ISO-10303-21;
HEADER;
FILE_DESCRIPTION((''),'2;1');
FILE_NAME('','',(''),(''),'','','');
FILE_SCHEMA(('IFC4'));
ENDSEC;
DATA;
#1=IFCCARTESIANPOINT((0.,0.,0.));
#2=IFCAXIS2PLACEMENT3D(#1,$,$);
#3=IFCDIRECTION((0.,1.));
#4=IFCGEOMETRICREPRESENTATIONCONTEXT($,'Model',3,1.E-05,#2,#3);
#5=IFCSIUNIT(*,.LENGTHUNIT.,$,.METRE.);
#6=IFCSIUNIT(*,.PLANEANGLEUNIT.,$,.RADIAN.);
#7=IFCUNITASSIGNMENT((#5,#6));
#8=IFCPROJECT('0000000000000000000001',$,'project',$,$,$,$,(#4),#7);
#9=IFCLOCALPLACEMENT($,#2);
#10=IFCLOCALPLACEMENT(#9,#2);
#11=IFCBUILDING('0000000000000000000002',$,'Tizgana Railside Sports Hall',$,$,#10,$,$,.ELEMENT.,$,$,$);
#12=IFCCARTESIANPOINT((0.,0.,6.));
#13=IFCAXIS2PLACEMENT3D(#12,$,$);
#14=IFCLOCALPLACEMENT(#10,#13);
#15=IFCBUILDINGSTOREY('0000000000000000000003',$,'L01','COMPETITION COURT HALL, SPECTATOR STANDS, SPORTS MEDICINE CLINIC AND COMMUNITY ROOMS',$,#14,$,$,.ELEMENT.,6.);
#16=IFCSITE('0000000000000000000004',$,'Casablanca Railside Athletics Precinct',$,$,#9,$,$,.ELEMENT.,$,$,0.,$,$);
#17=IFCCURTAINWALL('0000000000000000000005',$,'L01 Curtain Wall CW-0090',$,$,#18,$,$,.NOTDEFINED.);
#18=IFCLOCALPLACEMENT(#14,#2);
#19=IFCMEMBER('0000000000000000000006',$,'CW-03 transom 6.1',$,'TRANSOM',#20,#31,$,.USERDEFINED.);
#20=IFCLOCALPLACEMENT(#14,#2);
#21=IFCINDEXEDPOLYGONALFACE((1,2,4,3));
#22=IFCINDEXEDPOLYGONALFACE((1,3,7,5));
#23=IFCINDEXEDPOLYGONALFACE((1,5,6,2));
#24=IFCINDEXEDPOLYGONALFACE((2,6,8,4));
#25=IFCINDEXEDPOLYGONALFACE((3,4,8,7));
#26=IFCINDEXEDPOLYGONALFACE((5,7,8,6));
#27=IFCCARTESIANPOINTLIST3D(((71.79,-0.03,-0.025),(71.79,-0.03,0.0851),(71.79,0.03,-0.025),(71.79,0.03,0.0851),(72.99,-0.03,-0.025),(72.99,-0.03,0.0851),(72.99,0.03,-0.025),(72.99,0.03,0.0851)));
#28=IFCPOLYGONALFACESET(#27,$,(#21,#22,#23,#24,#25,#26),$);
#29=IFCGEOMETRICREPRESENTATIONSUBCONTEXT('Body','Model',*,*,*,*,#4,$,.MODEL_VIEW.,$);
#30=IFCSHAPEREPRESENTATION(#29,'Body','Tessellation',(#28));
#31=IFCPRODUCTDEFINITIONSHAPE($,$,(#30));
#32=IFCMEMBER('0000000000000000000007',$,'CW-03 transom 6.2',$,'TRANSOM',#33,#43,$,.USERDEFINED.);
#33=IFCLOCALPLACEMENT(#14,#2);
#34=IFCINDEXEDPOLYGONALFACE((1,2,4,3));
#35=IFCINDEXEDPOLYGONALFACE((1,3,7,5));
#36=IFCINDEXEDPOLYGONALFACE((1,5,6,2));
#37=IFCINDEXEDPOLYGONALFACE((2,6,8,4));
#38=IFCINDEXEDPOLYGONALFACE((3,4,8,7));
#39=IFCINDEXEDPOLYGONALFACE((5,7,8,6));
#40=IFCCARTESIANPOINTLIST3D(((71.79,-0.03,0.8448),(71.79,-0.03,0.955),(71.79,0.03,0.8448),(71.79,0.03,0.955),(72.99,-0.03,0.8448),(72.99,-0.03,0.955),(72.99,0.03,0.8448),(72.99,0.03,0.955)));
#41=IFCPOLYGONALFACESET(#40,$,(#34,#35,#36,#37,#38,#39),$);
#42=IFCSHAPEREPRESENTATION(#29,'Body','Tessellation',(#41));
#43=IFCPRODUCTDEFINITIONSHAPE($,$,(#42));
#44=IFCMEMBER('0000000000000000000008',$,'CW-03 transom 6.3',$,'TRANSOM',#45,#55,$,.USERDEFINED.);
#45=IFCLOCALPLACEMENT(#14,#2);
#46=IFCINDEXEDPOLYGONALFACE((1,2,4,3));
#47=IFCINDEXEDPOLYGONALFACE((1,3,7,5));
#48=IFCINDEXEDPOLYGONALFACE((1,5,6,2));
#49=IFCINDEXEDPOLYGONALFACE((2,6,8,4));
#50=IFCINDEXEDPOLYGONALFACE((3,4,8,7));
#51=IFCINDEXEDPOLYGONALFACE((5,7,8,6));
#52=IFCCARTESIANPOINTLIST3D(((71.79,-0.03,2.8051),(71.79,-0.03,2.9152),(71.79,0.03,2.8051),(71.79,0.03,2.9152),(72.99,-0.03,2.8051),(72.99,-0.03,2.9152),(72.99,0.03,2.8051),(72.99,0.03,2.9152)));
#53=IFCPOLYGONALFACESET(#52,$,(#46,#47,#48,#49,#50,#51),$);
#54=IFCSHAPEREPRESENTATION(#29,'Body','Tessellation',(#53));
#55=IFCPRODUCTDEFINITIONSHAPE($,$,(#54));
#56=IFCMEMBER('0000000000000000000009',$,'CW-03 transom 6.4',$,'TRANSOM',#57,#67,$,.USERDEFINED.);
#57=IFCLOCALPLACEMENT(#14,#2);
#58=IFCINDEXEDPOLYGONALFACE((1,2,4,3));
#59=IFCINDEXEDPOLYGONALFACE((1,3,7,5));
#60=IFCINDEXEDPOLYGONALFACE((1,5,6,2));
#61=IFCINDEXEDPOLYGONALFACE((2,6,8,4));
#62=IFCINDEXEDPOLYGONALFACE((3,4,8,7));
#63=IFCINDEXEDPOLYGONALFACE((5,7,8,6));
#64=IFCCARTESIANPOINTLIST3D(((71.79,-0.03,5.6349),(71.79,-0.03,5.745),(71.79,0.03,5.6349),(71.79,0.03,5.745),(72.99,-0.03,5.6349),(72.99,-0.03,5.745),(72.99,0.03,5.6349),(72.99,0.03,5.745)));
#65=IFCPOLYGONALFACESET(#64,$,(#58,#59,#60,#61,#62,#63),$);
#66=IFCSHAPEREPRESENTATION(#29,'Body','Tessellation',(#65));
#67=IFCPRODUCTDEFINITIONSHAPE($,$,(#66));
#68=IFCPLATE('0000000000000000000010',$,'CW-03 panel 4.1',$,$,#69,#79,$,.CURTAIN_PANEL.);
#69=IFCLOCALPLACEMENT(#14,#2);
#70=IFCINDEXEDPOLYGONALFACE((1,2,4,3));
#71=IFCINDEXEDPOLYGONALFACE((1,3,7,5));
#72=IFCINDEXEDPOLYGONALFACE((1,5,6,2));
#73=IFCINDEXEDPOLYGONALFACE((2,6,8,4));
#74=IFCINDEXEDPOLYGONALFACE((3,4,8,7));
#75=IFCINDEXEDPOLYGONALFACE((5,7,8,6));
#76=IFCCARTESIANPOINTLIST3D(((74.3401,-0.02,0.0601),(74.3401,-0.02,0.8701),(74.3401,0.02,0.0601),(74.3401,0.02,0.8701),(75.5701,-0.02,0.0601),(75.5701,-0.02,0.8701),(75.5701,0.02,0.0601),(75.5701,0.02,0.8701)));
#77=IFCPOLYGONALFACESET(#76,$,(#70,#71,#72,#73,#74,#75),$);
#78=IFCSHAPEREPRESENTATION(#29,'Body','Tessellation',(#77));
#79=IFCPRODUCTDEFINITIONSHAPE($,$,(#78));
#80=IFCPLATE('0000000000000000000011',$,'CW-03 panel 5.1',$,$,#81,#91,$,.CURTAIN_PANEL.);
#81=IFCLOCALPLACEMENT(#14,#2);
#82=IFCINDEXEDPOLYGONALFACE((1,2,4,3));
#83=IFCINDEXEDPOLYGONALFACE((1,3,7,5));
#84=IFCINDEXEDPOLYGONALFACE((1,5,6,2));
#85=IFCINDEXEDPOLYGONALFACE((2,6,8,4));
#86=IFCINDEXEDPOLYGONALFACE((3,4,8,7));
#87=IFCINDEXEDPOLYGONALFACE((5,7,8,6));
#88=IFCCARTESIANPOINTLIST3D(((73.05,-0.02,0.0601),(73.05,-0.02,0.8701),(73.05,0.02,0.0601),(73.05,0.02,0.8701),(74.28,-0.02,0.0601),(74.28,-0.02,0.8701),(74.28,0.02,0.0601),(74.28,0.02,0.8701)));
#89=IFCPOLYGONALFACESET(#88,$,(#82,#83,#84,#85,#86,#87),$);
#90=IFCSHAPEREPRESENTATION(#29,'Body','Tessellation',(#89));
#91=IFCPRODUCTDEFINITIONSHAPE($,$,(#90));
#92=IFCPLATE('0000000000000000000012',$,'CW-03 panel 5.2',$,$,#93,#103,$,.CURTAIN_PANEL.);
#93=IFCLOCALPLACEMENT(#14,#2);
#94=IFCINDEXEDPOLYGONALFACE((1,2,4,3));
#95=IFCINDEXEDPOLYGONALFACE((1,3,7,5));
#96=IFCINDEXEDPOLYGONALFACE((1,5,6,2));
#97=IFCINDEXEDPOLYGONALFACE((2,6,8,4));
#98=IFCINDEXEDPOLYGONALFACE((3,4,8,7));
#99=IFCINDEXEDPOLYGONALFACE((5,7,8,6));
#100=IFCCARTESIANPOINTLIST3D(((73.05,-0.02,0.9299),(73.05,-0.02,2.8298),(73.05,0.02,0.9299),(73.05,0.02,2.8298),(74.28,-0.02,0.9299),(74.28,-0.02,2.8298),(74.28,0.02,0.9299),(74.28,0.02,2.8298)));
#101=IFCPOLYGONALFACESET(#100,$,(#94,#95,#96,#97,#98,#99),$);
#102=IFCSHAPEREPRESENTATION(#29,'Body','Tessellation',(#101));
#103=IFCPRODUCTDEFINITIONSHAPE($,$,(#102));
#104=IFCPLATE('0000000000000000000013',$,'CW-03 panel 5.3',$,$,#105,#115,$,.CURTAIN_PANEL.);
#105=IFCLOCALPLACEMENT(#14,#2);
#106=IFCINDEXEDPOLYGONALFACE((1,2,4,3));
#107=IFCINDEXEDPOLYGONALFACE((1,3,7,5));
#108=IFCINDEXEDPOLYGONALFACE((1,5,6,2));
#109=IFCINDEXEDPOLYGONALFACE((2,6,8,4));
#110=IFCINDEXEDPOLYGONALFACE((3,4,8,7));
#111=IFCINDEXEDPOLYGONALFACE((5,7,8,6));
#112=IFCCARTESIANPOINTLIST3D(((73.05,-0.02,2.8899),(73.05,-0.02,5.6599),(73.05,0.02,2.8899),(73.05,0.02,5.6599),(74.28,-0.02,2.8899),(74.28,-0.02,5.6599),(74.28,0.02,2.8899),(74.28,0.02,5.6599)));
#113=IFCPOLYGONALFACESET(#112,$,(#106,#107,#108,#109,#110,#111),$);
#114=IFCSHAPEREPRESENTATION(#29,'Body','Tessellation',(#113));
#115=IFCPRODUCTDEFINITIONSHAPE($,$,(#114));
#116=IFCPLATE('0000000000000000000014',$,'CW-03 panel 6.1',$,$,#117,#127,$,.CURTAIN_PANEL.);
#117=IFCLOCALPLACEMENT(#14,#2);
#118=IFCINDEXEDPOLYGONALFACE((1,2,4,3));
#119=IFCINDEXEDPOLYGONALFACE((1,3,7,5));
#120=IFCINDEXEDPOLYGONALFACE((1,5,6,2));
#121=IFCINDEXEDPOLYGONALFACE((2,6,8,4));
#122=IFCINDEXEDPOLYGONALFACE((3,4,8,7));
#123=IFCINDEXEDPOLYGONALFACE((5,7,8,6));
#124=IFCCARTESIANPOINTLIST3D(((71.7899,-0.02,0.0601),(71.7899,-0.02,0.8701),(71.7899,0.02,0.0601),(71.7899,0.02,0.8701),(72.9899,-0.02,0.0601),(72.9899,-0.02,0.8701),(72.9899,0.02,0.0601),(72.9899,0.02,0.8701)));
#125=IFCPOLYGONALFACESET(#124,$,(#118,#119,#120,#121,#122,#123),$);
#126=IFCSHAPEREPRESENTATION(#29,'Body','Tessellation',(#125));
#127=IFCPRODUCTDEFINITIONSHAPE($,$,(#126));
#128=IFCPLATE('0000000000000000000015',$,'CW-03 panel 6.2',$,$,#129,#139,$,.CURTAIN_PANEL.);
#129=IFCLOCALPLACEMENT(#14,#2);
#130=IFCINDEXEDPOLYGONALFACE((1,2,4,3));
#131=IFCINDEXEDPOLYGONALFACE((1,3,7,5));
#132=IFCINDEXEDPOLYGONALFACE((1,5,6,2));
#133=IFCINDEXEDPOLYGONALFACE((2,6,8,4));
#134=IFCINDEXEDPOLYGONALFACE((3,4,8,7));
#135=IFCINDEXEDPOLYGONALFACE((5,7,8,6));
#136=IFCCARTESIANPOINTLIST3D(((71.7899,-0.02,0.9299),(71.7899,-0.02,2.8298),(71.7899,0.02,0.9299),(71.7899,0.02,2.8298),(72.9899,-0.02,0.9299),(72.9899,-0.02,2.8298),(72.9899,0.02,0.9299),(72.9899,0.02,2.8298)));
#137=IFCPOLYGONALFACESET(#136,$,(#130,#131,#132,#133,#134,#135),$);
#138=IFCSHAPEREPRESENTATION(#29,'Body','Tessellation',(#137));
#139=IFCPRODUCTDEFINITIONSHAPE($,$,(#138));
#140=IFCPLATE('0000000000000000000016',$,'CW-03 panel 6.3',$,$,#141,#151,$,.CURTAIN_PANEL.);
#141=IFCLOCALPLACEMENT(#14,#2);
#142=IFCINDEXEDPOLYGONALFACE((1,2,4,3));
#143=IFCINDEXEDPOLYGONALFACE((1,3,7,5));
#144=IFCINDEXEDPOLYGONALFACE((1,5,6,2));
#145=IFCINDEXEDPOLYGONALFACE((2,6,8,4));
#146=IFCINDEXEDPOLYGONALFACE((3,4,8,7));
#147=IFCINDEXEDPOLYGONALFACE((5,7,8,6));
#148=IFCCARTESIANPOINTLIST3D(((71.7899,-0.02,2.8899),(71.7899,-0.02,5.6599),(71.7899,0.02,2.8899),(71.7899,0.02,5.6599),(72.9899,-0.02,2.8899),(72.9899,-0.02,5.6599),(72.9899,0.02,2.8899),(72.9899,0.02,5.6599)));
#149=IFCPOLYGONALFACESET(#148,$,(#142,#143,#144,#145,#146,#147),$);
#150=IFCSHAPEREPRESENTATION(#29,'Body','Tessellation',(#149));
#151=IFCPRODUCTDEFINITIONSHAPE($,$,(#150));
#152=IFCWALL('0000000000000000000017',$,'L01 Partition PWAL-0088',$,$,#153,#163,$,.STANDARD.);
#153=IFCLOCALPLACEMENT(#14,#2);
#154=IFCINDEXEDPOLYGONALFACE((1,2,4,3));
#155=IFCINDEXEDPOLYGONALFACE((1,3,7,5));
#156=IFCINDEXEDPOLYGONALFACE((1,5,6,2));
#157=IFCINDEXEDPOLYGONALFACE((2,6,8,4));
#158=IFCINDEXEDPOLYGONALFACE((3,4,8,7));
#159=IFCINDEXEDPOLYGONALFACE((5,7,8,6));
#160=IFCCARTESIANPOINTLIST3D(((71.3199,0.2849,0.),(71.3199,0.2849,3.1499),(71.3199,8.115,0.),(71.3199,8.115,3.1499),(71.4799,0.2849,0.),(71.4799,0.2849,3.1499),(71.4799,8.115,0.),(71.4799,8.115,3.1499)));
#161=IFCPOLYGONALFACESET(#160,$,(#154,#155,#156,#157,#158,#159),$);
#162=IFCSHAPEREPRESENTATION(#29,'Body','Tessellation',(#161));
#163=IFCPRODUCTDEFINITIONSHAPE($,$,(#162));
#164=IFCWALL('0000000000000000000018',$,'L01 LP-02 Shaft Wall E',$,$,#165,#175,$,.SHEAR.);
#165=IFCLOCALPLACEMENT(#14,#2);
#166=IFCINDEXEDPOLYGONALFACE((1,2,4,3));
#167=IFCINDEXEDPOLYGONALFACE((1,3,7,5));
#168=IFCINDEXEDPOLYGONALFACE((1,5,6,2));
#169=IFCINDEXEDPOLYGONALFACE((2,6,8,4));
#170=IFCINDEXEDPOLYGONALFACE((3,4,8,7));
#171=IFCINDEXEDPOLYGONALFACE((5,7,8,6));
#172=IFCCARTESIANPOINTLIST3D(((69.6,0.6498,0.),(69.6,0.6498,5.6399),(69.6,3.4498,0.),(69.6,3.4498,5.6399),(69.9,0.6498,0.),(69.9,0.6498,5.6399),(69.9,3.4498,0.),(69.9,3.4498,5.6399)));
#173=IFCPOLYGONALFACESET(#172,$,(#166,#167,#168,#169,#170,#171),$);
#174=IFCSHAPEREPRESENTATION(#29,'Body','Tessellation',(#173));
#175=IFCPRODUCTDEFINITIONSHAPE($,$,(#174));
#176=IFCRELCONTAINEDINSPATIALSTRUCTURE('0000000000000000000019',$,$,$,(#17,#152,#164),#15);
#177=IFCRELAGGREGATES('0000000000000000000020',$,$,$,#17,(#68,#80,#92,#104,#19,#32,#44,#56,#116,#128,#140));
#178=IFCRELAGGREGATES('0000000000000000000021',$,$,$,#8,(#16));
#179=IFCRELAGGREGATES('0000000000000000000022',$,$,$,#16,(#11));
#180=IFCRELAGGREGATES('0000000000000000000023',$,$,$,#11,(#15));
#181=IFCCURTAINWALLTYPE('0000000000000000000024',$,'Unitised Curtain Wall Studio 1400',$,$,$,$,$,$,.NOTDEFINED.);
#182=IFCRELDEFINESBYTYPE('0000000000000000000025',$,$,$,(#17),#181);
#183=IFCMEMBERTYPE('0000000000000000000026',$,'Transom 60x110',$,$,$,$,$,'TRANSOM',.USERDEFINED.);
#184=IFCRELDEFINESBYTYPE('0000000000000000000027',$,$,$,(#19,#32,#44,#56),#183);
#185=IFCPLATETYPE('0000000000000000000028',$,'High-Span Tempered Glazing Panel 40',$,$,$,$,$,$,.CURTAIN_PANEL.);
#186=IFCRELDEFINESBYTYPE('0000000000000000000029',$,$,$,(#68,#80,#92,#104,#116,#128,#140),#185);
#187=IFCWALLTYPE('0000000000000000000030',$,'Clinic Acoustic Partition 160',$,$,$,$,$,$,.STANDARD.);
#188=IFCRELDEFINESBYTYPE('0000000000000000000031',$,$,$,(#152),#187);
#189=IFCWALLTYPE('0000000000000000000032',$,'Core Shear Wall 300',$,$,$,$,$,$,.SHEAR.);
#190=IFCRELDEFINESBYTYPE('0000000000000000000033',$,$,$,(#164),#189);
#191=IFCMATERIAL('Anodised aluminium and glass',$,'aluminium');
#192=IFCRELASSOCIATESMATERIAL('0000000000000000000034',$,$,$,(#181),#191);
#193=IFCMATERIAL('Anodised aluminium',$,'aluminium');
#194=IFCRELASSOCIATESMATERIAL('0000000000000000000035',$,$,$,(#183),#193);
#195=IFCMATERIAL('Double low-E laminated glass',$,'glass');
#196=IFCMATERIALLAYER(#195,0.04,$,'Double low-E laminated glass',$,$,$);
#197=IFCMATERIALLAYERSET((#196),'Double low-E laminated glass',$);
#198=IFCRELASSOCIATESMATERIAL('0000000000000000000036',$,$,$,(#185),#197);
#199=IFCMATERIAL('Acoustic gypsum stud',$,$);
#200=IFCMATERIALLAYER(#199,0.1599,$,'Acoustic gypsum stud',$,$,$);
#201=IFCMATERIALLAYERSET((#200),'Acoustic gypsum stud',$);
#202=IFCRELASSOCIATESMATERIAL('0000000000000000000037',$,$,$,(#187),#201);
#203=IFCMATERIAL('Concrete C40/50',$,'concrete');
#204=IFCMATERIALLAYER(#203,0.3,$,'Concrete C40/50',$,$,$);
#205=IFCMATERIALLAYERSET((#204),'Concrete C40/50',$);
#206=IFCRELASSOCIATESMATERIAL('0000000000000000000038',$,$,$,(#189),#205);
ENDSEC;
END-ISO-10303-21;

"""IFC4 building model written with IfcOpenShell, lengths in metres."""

from ifc_helpers import new_model, si_unit, direction, frame, frame_2d, origin, origin_2d, place, context, subcontext, project, spatial, rectangle, extrude, material, layer, layer_set, material_profile, profile_set, type_object, element, aggregate, save


model = new_model("IFC4")

# Units and contexts
model_context = context("Model", 3, precision=1e-05, world=origin(), true_north=direction((0.0, 1.0)))
body_context = subcontext(model_context, "Body", "Model", "MODEL_VIEW")
ifc_project = project(units=[si_unit("LENGTHUNIT", "METRE"), si_unit("PLANEANGLEUNIT", "RADIAN")], contexts=[model_context])

# Site, building, storey
site_placement = place(None, origin())
site = spatial("IfcSite", under=ifc_project, at=site_placement, Name="Casablanca Railside Athletics Precinct", CompositionType="ELEMENT", RefElevation=0.0)
building_placement = place(site_placement, origin())
building = spatial("IfcBuilding", under=site, at=building_placement, Name="Tizgana Railside Sports Hall", CompositionType="ELEMENT")
storey_placement = place(building_placement, frame((0.0, 0.0, 6.0)))
storey = spatial("IfcBuildingStorey", under=building, at=storey_placement, Name="L01", Description="COMPETITION COURT HALL, SPECTATOR STANDS, SPORTS MEDICINE CLINIC AND COMMUNITY ROOMS", CompositionType="ELEMENT", Elevation=6.0)

# Shared definitions
ifc_material_1 = material(Name="Concrete C40/50", Category="concrete")

# Curtain wall
ifc_material_2 = material(Name="Anodised aluminium and glass", Category="aluminium")
curtain_wall_type = type_object("IfcCurtainWallType", Name="Unitised Curtain Wall Studio 1400", PredefinedType="NOTDEFINED", material=ifc_material_2)
curtain_wall_placement = place(storey_placement, origin())
curtain_wall = element("IfcCurtainWall", 1, at=curtain_wall_placement, inside=storey, type_object=curtain_wall_type, Name="L01 Curtain Wall CW-0090", PredefinedType="NOTDEFINED")
ifc_material_3 = material(Name="Anodised aluminium", Category="aluminium")

# Members
ifc_material_profile_1 = material_profile(ifc_material_3, rectangle(XDim=0.0601, YDim=0.1101, at=origin_2d()), Name="Transom 60x110")
ifc_profile_set_1 = profile_set([ifc_material_profile_1], Name="Anodised aluminium")
member_type_1 = type_object("IfcMemberType", Name="Transom 60x110", ElementType="TRANSOM", PredefinedType="USERDEFINED", material=ifc_profile_set_1)
member_1_placement = place(storey_placement, frame((72.99, 0.0, 0.03), z_axis=(-1.0, 0.0, 0.0), x_axis=(0.0, -1.0, 0.0)))
member_1 = element("IfcMember", 2, at=member_1_placement, type_object=member_type_1, Name="CW-03 transom 6.1", ObjectType="TRANSOM", PredefinedType="USERDEFINED", context=body_context, shape_type="SweptSolid", body=[
    extrude(rectangle(XDim=0.0601, YDim=0.1101, at=origin_2d()), origin(), (0.0, 0.0, 1.0), 1.2),
])
member_2_placement = place(storey_placement, frame((72.99, 0.0, 0.8999), z_axis=(-1.0, 0.0, 0.0), x_axis=(0.0, -1.0, 0.0)))
member_2 = element("IfcMember", 3, at=member_2_placement, type_object=member_type_1, Name="CW-03 transom 6.2", ObjectType="TRANSOM", PredefinedType="USERDEFINED", context=body_context, shape_type="SweptSolid", body=[
    extrude(rectangle(XDim=0.0601, YDim=0.1101, at=origin_2d()), origin(), (0.0, 0.0, 1.0), 1.2),
])
member_3_placement = place(storey_placement, frame((72.99, 0.0, 2.8601), z_axis=(-1.0, 0.0, 0.0), x_axis=(0.0, -1.0, 0.0)))
member_3 = element("IfcMember", 4, at=member_3_placement, type_object=member_type_1, Name="CW-03 transom 6.3", ObjectType="TRANSOM", PredefinedType="USERDEFINED", context=body_context, shape_type="SweptSolid", body=[
    extrude(rectangle(XDim=0.0601, YDim=0.1101, at=origin_2d()), origin(), (0.0, 0.0, 1.0), 1.2),
])
member_4_placement = place(storey_placement, frame((72.99, 0.0, 5.6899), z_axis=(-1.0, 0.0, 0.0), x_axis=(0.0, -1.0, 0.0)))
member_4 = element("IfcMember", 5, at=member_4_placement, type_object=member_type_1, Name="CW-03 transom 6.4", ObjectType="TRANSOM", PredefinedType="USERDEFINED", context=body_context, shape_type="SweptSolid", body=[
    extrude(rectangle(XDim=0.0601, YDim=0.1101, at=origin_2d()), origin(), (0.0, 0.0, 1.0), 1.2),
])

# Plates
ifc_material_4 = material(Name="Double low-E laminated glass", Category="glass")
ifc_layer_1 = layer(ifc_material_4, 0.04, Name="Double low-E laminated glass")
ifc_layer_set_1 = layer_set([ifc_layer_1], Name="Double low-E laminated glass")
plate_type = type_object("IfcPlateType", Name="High-Span Tempered Glazing Panel 40", PredefinedType="CURTAIN_PANEL", material=ifc_layer_set_1)
plate_1_placement = place(storey_placement, frame((74.9551, 0.0, 0.0601), z_axis=(0.0, 0.0, 1.0), x_axis=(-1.0, 0.0, 0.0)))
plate_1 = element("IfcPlate", 6, at=plate_1_placement, type_object=plate_type, Name="CW-03 panel 4.1", PredefinedType="CURTAIN_PANEL", context=body_context, shape_type="SweptSolid", body=[
    extrude(rectangle(XDim=1.23, YDim=0.04, at=origin_2d()), origin(), (0.0, 0.0, 1.0), 0.8101),
])
plate_2_placement = place(storey_placement, frame((73.665, 0.0, 0.0601), z_axis=(0.0, 0.0, 1.0), x_axis=(-1.0, 0.0, 0.0)))
plate_2 = element("IfcPlate", 7, at=plate_2_placement, type_object=plate_type, Name="CW-03 panel 5.1", PredefinedType="CURTAIN_PANEL", context=body_context, shape_type="SweptSolid", body=[
    extrude(rectangle(XDim=1.23, YDim=0.04, at=origin_2d()), origin(), (0.0, 0.0, 1.0), 0.8101),
])
plate_3_placement = place(storey_placement, frame((73.665, 0.0, 0.9299), z_axis=(0.0, 0.0, 1.0), x_axis=(-1.0, 0.0, 0.0)))
plate_3 = element("IfcPlate", 8, at=plate_3_placement, type_object=plate_type, Name="CW-03 panel 5.2", PredefinedType="CURTAIN_PANEL", context=body_context, shape_type="SweptSolid", body=[
    extrude(rectangle(XDim=1.23, YDim=0.04, at=origin_2d()), origin(), (0.0, 0.0, 1.0), 1.8999),
])
plate_4_placement = place(storey_placement, frame((73.665, 0.0, 2.8899), z_axis=(0.0, 0.0, 1.0), x_axis=(-1.0, 0.0, 0.0)))
plate_4 = element("IfcPlate", 9, at=plate_4_placement, type_object=plate_type, Name="CW-03 panel 5.3", PredefinedType="CURTAIN_PANEL", context=body_context, shape_type="SweptSolid", body=[
    extrude(rectangle(XDim=1.23, YDim=0.04, at=origin_2d()), origin(), (0.0, 0.0, 1.0), 2.77),
])
plate_5_placement = place(storey_placement, frame((72.3899, 0.0, 0.0601), z_axis=(0.0, 0.0, 1.0), x_axis=(-1.0, 0.0, 0.0)))
plate_5 = element("IfcPlate", 10, at=plate_5_placement, type_object=plate_type, Name="CW-03 panel 6.1", PredefinedType="CURTAIN_PANEL", context=body_context, shape_type="SweptSolid", body=[
    extrude(rectangle(XDim=1.2, YDim=0.04, at=origin_2d()), origin(), (0.0, 0.0, 1.0), 0.8101),
])
plate_6_placement = place(storey_placement, frame((72.3899, 0.0, 0.9299), z_axis=(0.0, 0.0, 1.0), x_axis=(-1.0, 0.0, 0.0)))
plate_6 = element("IfcPlate", 11, at=plate_6_placement, type_object=plate_type, Name="CW-03 panel 6.2", PredefinedType="CURTAIN_PANEL", context=body_context, shape_type="SweptSolid", body=[
    extrude(rectangle(XDim=1.2, YDim=0.04, at=origin_2d()), origin(), (0.0, 0.0, 1.0), 1.8999),
])
plate_7_placement = place(storey_placement, frame((72.3899, 0.0, 2.8899), z_axis=(0.0, 0.0, 1.0), x_axis=(-1.0, 0.0, 0.0)))
plate_7 = element("IfcPlate", 12, at=plate_7_placement, type_object=plate_type, Name="CW-03 panel 6.3", PredefinedType="CURTAIN_PANEL", context=body_context, shape_type="SweptSolid", body=[
    extrude(rectangle(XDim=1.2, YDim=0.04, at=origin_2d()), origin(), (0.0, 0.0, 1.0), 2.77),
])
aggregate(curtain_wall, [plate_1, plate_2, plate_3, plate_4, member_1, member_2, member_3, member_4, plate_5, plate_6, plate_7])

# Walls
ifc_material_5 = material(Name="Acoustic gypsum stud")
ifc_layer_2 = layer(ifc_material_5, 0.1599, Name="Acoustic gypsum stud")
ifc_layer_set_2 = layer_set([ifc_layer_2], Name="Acoustic gypsum stud")
wall_type_1 = type_object("IfcWallType", Name="Clinic Acoustic Partition 160", PredefinedType="STANDARD", material=ifc_layer_set_2)
wall_1_placement = place(storey_placement, frame((71.3999, 0.2849, 0.0), z_axis=(0.0, 0.0, 1.0), x_axis=(0.0, 1.0, 0.0)))
element("IfcWall", 13, at=wall_1_placement, inside=storey, type_object=wall_type_1, Name="L01 Partition PWAL-0088", PredefinedType="STANDARD", context=body_context, shape_type="SweptSolid", body=[
    extrude(rectangle(XDim=7.8301, YDim=0.1599, at=frame_2d((3.915, 0.0))), origin(), (0.0, 0.0, 1.0), 3.1499),
])
ifc_layer_3 = layer(ifc_material_1, 0.3, Name="Concrete C40/50")
ifc_layer_set_3 = layer_set([ifc_layer_3], Name="Concrete C40/50")
wall_type_2 = type_object("IfcWallType", Name="Core Shear Wall 300", PredefinedType="SHEAR", material=ifc_layer_set_3)
wall_2_placement = place(storey_placement, frame((69.75, 0.6499, 0.0), z_axis=(0.0, 0.0, 1.0), x_axis=(0.0, 1.0, 0.0)))
element("IfcWall", 14, at=wall_2_placement, inside=storey, type_object=wall_type_2, Name="L01 LP-02 Shaft Wall E", PredefinedType="SHEAR", context=body_context, shape_type="SweptSolid", body=[
    extrude(rectangle(XDim=2.8, YDim=0.3, at=frame_2d((1.3999, 0.0))), origin(), (0.0, 0.0, 1.0), 5.6399),
])

save(model, "model.ifc")
